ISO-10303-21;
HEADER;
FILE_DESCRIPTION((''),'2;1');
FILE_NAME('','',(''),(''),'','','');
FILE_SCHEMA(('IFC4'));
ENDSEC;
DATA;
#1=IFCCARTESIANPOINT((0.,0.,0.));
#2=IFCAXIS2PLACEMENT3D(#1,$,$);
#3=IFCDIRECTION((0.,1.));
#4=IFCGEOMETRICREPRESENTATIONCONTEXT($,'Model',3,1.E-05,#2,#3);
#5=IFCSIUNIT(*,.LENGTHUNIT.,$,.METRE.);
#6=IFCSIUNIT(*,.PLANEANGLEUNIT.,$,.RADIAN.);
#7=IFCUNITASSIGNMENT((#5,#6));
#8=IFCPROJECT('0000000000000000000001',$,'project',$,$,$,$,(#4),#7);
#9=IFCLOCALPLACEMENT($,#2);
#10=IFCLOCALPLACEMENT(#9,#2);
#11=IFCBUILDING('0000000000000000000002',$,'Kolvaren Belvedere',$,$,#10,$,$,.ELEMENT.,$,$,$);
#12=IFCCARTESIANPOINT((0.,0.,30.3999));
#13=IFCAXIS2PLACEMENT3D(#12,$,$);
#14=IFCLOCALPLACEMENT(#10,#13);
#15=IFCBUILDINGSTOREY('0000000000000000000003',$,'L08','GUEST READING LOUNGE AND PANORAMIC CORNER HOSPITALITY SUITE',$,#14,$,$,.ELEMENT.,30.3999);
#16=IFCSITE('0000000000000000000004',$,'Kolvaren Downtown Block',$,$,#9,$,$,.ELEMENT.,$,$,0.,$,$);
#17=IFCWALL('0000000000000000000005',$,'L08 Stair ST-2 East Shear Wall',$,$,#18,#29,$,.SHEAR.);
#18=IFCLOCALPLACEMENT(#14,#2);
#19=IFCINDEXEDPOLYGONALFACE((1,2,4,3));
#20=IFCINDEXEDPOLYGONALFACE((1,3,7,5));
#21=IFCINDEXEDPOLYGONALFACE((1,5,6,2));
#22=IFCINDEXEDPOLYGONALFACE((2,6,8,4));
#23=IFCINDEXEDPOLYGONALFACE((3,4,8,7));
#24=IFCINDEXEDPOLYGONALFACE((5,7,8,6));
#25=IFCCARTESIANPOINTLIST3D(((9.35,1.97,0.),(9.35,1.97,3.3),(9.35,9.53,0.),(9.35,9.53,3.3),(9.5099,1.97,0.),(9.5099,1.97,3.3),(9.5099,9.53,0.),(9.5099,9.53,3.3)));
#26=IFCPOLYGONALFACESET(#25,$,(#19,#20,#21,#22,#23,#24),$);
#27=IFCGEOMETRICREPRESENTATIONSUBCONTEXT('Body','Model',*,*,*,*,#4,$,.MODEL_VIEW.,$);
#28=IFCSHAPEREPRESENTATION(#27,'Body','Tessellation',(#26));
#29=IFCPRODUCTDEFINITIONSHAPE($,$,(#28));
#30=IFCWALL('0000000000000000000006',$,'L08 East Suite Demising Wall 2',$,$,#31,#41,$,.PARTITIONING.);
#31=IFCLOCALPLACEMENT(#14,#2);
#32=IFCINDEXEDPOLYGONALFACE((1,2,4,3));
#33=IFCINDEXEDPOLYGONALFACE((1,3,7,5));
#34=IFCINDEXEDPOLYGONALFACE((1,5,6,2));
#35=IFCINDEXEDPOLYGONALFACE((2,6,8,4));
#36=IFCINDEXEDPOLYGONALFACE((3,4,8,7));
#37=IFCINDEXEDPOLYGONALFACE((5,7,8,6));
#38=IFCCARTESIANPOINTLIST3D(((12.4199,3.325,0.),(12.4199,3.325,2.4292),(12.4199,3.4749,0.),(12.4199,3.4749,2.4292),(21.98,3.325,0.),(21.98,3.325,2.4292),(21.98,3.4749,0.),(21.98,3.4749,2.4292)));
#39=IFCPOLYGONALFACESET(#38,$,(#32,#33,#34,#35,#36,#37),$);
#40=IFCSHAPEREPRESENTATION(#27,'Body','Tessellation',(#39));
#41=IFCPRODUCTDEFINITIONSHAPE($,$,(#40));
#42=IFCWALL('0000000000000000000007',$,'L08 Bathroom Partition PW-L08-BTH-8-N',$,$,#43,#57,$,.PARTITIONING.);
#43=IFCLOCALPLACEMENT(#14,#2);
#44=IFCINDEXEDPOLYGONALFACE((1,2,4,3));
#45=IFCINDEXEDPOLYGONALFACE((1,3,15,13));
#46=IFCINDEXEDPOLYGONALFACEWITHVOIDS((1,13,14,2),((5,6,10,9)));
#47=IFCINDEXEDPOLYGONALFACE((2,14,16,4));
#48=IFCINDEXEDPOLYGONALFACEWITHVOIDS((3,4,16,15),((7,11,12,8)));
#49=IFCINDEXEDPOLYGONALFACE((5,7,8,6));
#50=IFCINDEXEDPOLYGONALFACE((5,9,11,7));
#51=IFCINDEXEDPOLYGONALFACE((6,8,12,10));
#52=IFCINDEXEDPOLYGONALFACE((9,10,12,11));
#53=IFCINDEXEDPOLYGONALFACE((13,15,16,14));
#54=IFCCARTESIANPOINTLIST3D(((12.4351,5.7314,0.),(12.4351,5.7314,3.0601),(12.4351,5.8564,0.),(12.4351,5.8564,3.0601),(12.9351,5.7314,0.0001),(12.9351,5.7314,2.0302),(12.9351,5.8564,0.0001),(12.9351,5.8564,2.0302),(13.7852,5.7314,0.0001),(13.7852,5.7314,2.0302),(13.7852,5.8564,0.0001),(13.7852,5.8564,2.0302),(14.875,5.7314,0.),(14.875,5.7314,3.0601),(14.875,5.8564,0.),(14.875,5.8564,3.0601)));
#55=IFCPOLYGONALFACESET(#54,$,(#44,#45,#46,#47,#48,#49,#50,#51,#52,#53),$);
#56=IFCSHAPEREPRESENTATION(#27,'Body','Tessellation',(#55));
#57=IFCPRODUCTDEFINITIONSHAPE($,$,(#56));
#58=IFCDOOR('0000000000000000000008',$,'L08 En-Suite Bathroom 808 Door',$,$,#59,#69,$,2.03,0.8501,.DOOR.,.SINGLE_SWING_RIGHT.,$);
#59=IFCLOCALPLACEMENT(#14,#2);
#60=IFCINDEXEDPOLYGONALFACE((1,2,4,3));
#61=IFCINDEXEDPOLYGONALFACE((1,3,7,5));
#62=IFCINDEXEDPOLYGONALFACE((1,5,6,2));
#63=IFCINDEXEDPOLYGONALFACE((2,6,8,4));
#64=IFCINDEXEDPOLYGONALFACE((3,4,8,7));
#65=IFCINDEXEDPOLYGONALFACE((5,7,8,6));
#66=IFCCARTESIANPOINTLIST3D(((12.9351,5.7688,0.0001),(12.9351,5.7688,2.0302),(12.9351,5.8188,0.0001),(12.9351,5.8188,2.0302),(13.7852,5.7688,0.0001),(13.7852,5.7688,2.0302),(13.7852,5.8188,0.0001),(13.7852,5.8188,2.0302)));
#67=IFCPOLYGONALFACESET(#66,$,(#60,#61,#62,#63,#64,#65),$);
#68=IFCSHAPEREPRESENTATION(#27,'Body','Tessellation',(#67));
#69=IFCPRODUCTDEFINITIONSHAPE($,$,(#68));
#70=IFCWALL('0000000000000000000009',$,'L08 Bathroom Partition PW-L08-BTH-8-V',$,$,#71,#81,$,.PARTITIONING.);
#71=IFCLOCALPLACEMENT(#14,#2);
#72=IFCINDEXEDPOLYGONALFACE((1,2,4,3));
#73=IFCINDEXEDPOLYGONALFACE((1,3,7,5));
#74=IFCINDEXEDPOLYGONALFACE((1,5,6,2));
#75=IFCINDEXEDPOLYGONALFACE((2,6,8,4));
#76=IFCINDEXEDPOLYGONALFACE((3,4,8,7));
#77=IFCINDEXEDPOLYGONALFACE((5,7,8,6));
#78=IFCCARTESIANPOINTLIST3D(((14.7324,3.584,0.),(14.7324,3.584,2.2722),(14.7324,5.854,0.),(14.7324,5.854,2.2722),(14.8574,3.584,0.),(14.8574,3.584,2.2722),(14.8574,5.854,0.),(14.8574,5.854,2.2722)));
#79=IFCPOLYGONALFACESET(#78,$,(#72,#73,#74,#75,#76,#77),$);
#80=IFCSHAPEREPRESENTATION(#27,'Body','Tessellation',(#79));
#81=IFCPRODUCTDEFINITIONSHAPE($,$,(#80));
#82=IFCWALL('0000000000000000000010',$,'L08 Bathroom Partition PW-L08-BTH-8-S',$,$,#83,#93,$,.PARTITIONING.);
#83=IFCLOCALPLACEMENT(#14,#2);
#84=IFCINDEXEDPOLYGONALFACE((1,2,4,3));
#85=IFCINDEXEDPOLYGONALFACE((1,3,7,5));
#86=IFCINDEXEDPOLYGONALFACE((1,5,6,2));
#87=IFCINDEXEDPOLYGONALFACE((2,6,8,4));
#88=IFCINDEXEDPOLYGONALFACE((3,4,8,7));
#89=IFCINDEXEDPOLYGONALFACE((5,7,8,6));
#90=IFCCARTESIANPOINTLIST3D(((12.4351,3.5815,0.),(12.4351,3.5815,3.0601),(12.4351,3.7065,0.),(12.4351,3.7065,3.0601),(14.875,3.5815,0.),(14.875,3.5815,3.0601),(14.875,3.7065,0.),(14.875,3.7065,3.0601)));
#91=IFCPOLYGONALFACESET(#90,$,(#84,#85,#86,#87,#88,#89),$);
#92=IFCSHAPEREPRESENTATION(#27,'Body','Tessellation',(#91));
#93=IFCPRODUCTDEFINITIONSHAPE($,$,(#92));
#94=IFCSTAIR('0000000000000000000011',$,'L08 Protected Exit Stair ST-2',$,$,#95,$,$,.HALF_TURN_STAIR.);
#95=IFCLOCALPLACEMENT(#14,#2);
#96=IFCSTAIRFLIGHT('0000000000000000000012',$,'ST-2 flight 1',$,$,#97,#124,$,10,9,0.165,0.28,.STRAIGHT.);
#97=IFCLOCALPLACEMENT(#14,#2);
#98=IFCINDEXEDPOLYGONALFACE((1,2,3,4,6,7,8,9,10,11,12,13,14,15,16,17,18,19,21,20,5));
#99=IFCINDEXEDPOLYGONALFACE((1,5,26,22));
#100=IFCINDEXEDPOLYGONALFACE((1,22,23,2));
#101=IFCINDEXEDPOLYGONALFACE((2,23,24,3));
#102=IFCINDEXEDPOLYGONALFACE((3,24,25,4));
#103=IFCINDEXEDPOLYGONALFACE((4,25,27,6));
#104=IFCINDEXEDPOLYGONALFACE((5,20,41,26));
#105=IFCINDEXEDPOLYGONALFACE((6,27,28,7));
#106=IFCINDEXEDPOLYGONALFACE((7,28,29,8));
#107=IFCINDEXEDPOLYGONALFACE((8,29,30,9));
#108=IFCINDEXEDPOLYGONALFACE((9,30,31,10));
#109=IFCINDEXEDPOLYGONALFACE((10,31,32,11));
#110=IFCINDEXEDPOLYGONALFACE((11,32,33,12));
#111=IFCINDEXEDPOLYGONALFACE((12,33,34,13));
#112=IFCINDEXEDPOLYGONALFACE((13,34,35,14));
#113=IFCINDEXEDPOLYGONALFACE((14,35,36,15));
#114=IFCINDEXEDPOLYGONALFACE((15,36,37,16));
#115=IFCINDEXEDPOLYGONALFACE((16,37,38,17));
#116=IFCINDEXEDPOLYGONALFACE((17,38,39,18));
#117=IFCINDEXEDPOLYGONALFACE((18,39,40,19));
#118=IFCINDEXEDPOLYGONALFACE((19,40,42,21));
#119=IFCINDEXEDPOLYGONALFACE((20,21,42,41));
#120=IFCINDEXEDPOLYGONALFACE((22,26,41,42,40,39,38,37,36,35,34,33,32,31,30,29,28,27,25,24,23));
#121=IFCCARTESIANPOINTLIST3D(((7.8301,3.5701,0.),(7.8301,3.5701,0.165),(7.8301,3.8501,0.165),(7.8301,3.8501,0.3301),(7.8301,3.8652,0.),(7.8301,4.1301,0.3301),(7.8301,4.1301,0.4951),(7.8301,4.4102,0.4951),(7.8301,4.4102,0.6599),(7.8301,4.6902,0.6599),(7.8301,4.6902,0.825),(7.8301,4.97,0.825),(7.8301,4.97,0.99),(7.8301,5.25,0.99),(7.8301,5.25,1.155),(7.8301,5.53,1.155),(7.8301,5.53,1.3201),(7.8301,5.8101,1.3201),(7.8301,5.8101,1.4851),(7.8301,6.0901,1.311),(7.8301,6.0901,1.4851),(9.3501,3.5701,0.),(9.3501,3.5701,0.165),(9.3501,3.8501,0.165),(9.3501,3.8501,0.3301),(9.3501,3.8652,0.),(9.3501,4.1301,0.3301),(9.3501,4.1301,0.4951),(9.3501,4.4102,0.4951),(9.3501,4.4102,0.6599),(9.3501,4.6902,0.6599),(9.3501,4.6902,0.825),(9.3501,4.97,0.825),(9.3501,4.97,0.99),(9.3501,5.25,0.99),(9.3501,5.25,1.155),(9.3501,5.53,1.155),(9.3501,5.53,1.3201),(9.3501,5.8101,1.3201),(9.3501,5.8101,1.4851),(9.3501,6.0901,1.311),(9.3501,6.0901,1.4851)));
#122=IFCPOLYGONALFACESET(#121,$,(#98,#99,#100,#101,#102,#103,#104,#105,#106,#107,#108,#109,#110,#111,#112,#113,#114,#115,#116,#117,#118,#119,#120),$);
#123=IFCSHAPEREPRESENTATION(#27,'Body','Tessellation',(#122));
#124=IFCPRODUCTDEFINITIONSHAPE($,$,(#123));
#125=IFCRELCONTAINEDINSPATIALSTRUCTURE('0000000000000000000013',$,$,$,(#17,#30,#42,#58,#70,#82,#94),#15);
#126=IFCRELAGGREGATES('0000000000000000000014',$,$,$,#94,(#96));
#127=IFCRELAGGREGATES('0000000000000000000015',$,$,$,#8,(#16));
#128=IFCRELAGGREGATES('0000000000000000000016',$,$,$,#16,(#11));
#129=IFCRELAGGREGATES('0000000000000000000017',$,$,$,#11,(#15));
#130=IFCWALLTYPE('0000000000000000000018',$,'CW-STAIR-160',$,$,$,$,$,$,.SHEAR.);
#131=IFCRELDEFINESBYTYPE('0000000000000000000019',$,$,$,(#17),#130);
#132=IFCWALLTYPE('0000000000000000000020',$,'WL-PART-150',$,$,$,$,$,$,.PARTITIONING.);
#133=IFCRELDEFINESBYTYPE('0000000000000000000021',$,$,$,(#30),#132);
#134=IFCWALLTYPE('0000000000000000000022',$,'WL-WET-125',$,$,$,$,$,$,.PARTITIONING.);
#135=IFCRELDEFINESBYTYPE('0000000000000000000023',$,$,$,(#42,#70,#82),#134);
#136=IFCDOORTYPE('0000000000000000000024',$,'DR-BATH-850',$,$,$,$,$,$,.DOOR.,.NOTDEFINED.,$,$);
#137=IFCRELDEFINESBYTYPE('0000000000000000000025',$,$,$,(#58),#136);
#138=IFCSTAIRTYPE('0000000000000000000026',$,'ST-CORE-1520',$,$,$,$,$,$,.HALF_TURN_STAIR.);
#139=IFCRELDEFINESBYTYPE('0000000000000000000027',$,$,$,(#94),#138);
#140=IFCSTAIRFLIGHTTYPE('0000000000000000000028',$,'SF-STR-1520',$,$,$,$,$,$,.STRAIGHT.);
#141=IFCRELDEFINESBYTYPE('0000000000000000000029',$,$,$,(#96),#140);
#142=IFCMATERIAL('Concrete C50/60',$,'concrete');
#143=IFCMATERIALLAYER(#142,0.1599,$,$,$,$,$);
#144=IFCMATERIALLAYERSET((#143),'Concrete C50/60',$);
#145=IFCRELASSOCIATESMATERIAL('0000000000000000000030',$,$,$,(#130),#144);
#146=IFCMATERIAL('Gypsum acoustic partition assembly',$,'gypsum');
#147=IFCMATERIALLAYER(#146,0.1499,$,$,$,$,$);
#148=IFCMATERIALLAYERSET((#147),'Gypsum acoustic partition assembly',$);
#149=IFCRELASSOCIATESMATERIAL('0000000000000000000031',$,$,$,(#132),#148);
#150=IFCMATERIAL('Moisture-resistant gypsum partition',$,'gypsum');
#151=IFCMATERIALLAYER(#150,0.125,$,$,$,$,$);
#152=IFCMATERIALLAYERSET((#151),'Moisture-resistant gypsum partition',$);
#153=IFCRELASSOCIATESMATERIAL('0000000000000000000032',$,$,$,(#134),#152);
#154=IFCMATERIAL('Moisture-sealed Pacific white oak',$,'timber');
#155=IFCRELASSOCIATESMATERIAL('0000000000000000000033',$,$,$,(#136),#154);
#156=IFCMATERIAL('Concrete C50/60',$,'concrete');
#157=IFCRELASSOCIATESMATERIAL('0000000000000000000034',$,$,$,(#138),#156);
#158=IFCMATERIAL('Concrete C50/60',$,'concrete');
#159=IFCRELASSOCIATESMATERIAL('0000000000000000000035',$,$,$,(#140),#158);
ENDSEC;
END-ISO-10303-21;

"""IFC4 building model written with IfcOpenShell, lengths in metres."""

from ifc_helpers import new_model, si_unit, direction, frame, frame_2d, origin, place, context, subcontext, project, spatial, polyline, rectangle, outline, extrude, material, layer, layer_set, type_object, element, fill, aggregate, save


model = new_model("IFC4")

# Units and contexts
model_context = context("Model", 3, precision=1e-05, world=origin(), true_north=direction((0.0, 1.0)))
body_context = subcontext(model_context, "Body", "Model", "MODEL_VIEW")
ifc_project = project(units=[si_unit("LENGTHUNIT", "METRE"), si_unit("PLANEANGLEUNIT", "RADIAN")], contexts=[model_context])

# Site, building, storey
site_placement = place(None, origin())
site = spatial("IfcSite", under=ifc_project, at=site_placement, Name="Kolvaren Downtown Block", CompositionType="ELEMENT", RefElevation=0.0)
building_placement = place(site_placement, origin())
building = spatial("IfcBuilding", under=site, at=building_placement, Name="Kolvaren Belvedere", CompositionType="ELEMENT")
storey_placement = place(building_placement, frame((0.0, 0.0, 30.3999)))
storey = spatial("IfcBuildingStorey", under=building, at=storey_placement, Name="L08", Description="GUEST READING LOUNGE AND PANORAMIC CORNER HOSPITALITY SUITE", CompositionType="ELEMENT", Elevation=30.3999)

# Walls
ifc_material_1 = material(Name="Concrete C50/60", Category="concrete")
ifc_layer_1 = layer(ifc_material_1, 0.1599)
ifc_layer_set_1 = layer_set([ifc_layer_1], Name="Concrete C50/60")
wall_type_1 = type_object("IfcWallType", Name="CW-STAIR-160", PredefinedType="SHEAR", material=ifc_layer_set_1)
wall_1_placement = place(storey_placement, frame((9.4299, 1.97, 0.0), z_axis=(0.0, 0.0, 1.0), x_axis=(0.0, 1.0, 0.0)))
element("IfcWall", 1, at=wall_1_placement, inside=storey, type_object=wall_type_1, Name="L08 Stair ST-2 East Shear Wall", PredefinedType="SHEAR", context=body_context, shape_type="SweptSolid", body=[
    extrude(rectangle(XDim=7.5601, YDim=0.1599, at=frame_2d((3.78, 0.0))), origin(), (0.0, 0.0, 1.0), 3.3),
])
ifc_material_2 = material(Name="Gypsum acoustic partition assembly", Category="gypsum")
ifc_layer_2 = layer(ifc_material_2, 0.1499)
ifc_layer_set_2 = layer_set([ifc_layer_2], Name="Gypsum acoustic partition assembly")
wall_type_2 = type_object("IfcWallType", Name="WL-PART-150", PredefinedType="PARTITIONING", material=ifc_layer_set_2)
wall_2_placement = place(storey_placement, frame((12.4199, 3.3999, 0.0), z_axis=(0.0, 0.0, 1.0), x_axis=(1.0, 0.0, 0.0)))
element("IfcWall", 2, at=wall_2_placement, inside=storey, type_object=wall_type_2, Name="L08 East Suite Demising Wall 2", PredefinedType="PARTITIONING", context=body_context, shape_type="SweptSolid", body=[
    extrude(rectangle(XDim=9.5601, YDim=0.1499, at=frame_2d((4.78, 0.0))), origin(), (0.0, 0.0, 1.0), 2.4292),
])

# Wall, opening, door
ifc_material_3 = material(Name="Moisture-resistant gypsum partition", Category="gypsum")
ifc_layer_3 = layer(ifc_material_3, 0.125)
ifc_layer_set_3 = layer_set([ifc_layer_3], Name="Moisture-resistant gypsum partition")
wall_type_3 = type_object("IfcWallType", Name="WL-WET-125", PredefinedType="PARTITIONING", material=ifc_layer_set_3)
wall_3_placement = place(storey_placement, frame((12.4351, 5.7939, 0.0), z_axis=(0.0, 0.0, 1.0), x_axis=(1.0, 0.0, 0.0)))
wall_3 = element("IfcWall", 3, at=wall_3_placement, inside=storey, type_object=wall_type_3, Name="L08 Bathroom Partition PW-L08-BTH-8-N", PredefinedType="PARTITIONING", context=body_context, shape_type="SweptSolid", body=[
    extrude(rectangle(XDim=2.4399, YDim=0.125, at=frame_2d((1.22, 0.0))), origin(), (0.0, 0.0, 1.0), 3.0601),
])
opening_placement = place(wall_3_placement, frame((0.5, 0.0, 0.0)))
opening = element("IfcOpeningElement", 4, at=opening_placement, cuts=wall_3, PredefinedType="OPENING", context=body_context, shape_type="SweptSolid", body=[
    extrude(rectangle(XDim=0.8501, YDim=2.03, at=frame_2d((0.425, 1.0151))), frame((0.0, 0.0725, 0.0), z_axis=(0.0, -1.0, 0.0), x_axis=(1.0, 0.0, 0.0)), (0.0, 0.0, 1.0), 0.145),
])
ifc_material_4 = material(Name="Moisture-sealed Pacific white oak", Category="timber")
door_type = type_object("IfcDoorType", Name="DR-BATH-850", OperationType="NOTDEFINED", PredefinedType="DOOR", material=ifc_material_4)
door_placement = place(opening_placement, origin())
door = element("IfcDoor", 5, at=door_placement, inside=storey, type_object=door_type, Name="L08 En-Suite Bathroom 808 Door", OperationType="SINGLE_SWING_RIGHT", OverallHeight=2.03, OverallWidth=0.8501, PredefinedType="DOOR", context=body_context, shape_type="SweptSolid", body=[
    extrude(rectangle(XDim=0.8501, YDim=2.03, at=frame_2d((0.425, 1.0151))), frame((0.0, 0.0249, 0.0), z_axis=(0.0, -1.0, 0.0), x_axis=(1.0, 0.0, 0.0)), (0.0, 0.0, 1.0), 0.05),
])
fill(opening, door)

# Walls
wall_4_placement = place(storey_placement, frame((14.7949, 3.584, 0.0), z_axis=(0.0, 0.0, 1.0), x_axis=(0.0, 1.0, 0.0)))
element("IfcWall", 6, at=wall_4_placement, inside=storey, type_object=wall_type_3, Name="L08 Bathroom Partition PW-L08-BTH-8-V", PredefinedType="PARTITIONING", context=body_context, shape_type="SweptSolid", body=[
    extrude(rectangle(XDim=2.27, YDim=0.125, at=frame_2d((1.135, 0.0))), origin(), (0.0, 0.0, 1.0), 2.2722),
])
wall_5_placement = place(storey_placement, frame((12.4351, 3.644, 0.0), z_axis=(0.0, 0.0, 1.0), x_axis=(1.0, 0.0, 0.0)))
element("IfcWall", 7, at=wall_5_placement, inside=storey, type_object=wall_type_3, Name="L08 Bathroom Partition PW-L08-BTH-8-S", PredefinedType="PARTITIONING", context=body_context, shape_type="SweptSolid", body=[
    extrude(rectangle(XDim=2.4399, YDim=0.125, at=frame_2d((1.22, 0.0))), origin(), (0.0, 0.0, 1.0), 3.0601),
])

# Stair, stair flight
ifc_material_5 = material(Name="Concrete C50/60", Category="concrete")
stair_type = type_object("IfcStairType", Name="ST-CORE-1520", PredefinedType="HALF_TURN_STAIR", material=ifc_material_5)
stair_placement = place(storey_placement, origin())
stair = element("IfcStair", 8, at=stair_placement, inside=storey, type_object=stair_type, Name="L08 Protected Exit Stair ST-2", PredefinedType="HALF_TURN_STAIR")
ifc_material_6 = material(Name="Concrete C50/60", Category="concrete")
stair_flight_type = type_object("IfcStairFlightType", Name="SF-STR-1520", PredefinedType="STRAIGHT", material=ifc_material_6)
stair_flight_placement = place(storey_placement, frame((8.5901, 3.5701, 0.0), z_axis=(0.0, 0.0, 1.0), x_axis=(0.0, 1.0, 0.0)))
stair_flight = element("IfcStairFlight", 9, at=stair_flight_placement, type_object=stair_flight_type, Name="ST-2 flight 1", NumberOfRisers=10, NumberOfTreads=9, PredefinedType="STRAIGHT", RiserHeight=0.165, TreadLength=0.28, context=body_context, shape_type="SweptSolid", body=[
    extrude(outline(polyline([(0.0, 0.0), (0.0, 0.165), (0.28, 0.165), (0.28, 0.3301), (0.5601, 0.3301), (0.5601, 0.4951), (0.8401, 0.4951), (0.8401, 0.6599), (1.1201, 0.6599), (1.1201, 0.825), (1.3999, 0.825), (1.3999, 0.99), (1.6799, 0.99), (1.6799, 1.155), (1.96, 1.155), (1.96, 1.3201), (2.24, 1.3201), (2.24, 1.4851), (2.52, 1.4851), (2.52, 1.6499), (2.52, 1.311), (0.2952, 0.0), (0.0, 0.0)])), frame((0.0, 0.76, 0.0), z_axis=(0.0, -1.0, 0.0), x_axis=(1.0, 0.0, 0.0)), (0.0, 0.0, 1.0), 1.52),
])
aggregate(stair, [stair_flight])

save(model, "model.ifc")
